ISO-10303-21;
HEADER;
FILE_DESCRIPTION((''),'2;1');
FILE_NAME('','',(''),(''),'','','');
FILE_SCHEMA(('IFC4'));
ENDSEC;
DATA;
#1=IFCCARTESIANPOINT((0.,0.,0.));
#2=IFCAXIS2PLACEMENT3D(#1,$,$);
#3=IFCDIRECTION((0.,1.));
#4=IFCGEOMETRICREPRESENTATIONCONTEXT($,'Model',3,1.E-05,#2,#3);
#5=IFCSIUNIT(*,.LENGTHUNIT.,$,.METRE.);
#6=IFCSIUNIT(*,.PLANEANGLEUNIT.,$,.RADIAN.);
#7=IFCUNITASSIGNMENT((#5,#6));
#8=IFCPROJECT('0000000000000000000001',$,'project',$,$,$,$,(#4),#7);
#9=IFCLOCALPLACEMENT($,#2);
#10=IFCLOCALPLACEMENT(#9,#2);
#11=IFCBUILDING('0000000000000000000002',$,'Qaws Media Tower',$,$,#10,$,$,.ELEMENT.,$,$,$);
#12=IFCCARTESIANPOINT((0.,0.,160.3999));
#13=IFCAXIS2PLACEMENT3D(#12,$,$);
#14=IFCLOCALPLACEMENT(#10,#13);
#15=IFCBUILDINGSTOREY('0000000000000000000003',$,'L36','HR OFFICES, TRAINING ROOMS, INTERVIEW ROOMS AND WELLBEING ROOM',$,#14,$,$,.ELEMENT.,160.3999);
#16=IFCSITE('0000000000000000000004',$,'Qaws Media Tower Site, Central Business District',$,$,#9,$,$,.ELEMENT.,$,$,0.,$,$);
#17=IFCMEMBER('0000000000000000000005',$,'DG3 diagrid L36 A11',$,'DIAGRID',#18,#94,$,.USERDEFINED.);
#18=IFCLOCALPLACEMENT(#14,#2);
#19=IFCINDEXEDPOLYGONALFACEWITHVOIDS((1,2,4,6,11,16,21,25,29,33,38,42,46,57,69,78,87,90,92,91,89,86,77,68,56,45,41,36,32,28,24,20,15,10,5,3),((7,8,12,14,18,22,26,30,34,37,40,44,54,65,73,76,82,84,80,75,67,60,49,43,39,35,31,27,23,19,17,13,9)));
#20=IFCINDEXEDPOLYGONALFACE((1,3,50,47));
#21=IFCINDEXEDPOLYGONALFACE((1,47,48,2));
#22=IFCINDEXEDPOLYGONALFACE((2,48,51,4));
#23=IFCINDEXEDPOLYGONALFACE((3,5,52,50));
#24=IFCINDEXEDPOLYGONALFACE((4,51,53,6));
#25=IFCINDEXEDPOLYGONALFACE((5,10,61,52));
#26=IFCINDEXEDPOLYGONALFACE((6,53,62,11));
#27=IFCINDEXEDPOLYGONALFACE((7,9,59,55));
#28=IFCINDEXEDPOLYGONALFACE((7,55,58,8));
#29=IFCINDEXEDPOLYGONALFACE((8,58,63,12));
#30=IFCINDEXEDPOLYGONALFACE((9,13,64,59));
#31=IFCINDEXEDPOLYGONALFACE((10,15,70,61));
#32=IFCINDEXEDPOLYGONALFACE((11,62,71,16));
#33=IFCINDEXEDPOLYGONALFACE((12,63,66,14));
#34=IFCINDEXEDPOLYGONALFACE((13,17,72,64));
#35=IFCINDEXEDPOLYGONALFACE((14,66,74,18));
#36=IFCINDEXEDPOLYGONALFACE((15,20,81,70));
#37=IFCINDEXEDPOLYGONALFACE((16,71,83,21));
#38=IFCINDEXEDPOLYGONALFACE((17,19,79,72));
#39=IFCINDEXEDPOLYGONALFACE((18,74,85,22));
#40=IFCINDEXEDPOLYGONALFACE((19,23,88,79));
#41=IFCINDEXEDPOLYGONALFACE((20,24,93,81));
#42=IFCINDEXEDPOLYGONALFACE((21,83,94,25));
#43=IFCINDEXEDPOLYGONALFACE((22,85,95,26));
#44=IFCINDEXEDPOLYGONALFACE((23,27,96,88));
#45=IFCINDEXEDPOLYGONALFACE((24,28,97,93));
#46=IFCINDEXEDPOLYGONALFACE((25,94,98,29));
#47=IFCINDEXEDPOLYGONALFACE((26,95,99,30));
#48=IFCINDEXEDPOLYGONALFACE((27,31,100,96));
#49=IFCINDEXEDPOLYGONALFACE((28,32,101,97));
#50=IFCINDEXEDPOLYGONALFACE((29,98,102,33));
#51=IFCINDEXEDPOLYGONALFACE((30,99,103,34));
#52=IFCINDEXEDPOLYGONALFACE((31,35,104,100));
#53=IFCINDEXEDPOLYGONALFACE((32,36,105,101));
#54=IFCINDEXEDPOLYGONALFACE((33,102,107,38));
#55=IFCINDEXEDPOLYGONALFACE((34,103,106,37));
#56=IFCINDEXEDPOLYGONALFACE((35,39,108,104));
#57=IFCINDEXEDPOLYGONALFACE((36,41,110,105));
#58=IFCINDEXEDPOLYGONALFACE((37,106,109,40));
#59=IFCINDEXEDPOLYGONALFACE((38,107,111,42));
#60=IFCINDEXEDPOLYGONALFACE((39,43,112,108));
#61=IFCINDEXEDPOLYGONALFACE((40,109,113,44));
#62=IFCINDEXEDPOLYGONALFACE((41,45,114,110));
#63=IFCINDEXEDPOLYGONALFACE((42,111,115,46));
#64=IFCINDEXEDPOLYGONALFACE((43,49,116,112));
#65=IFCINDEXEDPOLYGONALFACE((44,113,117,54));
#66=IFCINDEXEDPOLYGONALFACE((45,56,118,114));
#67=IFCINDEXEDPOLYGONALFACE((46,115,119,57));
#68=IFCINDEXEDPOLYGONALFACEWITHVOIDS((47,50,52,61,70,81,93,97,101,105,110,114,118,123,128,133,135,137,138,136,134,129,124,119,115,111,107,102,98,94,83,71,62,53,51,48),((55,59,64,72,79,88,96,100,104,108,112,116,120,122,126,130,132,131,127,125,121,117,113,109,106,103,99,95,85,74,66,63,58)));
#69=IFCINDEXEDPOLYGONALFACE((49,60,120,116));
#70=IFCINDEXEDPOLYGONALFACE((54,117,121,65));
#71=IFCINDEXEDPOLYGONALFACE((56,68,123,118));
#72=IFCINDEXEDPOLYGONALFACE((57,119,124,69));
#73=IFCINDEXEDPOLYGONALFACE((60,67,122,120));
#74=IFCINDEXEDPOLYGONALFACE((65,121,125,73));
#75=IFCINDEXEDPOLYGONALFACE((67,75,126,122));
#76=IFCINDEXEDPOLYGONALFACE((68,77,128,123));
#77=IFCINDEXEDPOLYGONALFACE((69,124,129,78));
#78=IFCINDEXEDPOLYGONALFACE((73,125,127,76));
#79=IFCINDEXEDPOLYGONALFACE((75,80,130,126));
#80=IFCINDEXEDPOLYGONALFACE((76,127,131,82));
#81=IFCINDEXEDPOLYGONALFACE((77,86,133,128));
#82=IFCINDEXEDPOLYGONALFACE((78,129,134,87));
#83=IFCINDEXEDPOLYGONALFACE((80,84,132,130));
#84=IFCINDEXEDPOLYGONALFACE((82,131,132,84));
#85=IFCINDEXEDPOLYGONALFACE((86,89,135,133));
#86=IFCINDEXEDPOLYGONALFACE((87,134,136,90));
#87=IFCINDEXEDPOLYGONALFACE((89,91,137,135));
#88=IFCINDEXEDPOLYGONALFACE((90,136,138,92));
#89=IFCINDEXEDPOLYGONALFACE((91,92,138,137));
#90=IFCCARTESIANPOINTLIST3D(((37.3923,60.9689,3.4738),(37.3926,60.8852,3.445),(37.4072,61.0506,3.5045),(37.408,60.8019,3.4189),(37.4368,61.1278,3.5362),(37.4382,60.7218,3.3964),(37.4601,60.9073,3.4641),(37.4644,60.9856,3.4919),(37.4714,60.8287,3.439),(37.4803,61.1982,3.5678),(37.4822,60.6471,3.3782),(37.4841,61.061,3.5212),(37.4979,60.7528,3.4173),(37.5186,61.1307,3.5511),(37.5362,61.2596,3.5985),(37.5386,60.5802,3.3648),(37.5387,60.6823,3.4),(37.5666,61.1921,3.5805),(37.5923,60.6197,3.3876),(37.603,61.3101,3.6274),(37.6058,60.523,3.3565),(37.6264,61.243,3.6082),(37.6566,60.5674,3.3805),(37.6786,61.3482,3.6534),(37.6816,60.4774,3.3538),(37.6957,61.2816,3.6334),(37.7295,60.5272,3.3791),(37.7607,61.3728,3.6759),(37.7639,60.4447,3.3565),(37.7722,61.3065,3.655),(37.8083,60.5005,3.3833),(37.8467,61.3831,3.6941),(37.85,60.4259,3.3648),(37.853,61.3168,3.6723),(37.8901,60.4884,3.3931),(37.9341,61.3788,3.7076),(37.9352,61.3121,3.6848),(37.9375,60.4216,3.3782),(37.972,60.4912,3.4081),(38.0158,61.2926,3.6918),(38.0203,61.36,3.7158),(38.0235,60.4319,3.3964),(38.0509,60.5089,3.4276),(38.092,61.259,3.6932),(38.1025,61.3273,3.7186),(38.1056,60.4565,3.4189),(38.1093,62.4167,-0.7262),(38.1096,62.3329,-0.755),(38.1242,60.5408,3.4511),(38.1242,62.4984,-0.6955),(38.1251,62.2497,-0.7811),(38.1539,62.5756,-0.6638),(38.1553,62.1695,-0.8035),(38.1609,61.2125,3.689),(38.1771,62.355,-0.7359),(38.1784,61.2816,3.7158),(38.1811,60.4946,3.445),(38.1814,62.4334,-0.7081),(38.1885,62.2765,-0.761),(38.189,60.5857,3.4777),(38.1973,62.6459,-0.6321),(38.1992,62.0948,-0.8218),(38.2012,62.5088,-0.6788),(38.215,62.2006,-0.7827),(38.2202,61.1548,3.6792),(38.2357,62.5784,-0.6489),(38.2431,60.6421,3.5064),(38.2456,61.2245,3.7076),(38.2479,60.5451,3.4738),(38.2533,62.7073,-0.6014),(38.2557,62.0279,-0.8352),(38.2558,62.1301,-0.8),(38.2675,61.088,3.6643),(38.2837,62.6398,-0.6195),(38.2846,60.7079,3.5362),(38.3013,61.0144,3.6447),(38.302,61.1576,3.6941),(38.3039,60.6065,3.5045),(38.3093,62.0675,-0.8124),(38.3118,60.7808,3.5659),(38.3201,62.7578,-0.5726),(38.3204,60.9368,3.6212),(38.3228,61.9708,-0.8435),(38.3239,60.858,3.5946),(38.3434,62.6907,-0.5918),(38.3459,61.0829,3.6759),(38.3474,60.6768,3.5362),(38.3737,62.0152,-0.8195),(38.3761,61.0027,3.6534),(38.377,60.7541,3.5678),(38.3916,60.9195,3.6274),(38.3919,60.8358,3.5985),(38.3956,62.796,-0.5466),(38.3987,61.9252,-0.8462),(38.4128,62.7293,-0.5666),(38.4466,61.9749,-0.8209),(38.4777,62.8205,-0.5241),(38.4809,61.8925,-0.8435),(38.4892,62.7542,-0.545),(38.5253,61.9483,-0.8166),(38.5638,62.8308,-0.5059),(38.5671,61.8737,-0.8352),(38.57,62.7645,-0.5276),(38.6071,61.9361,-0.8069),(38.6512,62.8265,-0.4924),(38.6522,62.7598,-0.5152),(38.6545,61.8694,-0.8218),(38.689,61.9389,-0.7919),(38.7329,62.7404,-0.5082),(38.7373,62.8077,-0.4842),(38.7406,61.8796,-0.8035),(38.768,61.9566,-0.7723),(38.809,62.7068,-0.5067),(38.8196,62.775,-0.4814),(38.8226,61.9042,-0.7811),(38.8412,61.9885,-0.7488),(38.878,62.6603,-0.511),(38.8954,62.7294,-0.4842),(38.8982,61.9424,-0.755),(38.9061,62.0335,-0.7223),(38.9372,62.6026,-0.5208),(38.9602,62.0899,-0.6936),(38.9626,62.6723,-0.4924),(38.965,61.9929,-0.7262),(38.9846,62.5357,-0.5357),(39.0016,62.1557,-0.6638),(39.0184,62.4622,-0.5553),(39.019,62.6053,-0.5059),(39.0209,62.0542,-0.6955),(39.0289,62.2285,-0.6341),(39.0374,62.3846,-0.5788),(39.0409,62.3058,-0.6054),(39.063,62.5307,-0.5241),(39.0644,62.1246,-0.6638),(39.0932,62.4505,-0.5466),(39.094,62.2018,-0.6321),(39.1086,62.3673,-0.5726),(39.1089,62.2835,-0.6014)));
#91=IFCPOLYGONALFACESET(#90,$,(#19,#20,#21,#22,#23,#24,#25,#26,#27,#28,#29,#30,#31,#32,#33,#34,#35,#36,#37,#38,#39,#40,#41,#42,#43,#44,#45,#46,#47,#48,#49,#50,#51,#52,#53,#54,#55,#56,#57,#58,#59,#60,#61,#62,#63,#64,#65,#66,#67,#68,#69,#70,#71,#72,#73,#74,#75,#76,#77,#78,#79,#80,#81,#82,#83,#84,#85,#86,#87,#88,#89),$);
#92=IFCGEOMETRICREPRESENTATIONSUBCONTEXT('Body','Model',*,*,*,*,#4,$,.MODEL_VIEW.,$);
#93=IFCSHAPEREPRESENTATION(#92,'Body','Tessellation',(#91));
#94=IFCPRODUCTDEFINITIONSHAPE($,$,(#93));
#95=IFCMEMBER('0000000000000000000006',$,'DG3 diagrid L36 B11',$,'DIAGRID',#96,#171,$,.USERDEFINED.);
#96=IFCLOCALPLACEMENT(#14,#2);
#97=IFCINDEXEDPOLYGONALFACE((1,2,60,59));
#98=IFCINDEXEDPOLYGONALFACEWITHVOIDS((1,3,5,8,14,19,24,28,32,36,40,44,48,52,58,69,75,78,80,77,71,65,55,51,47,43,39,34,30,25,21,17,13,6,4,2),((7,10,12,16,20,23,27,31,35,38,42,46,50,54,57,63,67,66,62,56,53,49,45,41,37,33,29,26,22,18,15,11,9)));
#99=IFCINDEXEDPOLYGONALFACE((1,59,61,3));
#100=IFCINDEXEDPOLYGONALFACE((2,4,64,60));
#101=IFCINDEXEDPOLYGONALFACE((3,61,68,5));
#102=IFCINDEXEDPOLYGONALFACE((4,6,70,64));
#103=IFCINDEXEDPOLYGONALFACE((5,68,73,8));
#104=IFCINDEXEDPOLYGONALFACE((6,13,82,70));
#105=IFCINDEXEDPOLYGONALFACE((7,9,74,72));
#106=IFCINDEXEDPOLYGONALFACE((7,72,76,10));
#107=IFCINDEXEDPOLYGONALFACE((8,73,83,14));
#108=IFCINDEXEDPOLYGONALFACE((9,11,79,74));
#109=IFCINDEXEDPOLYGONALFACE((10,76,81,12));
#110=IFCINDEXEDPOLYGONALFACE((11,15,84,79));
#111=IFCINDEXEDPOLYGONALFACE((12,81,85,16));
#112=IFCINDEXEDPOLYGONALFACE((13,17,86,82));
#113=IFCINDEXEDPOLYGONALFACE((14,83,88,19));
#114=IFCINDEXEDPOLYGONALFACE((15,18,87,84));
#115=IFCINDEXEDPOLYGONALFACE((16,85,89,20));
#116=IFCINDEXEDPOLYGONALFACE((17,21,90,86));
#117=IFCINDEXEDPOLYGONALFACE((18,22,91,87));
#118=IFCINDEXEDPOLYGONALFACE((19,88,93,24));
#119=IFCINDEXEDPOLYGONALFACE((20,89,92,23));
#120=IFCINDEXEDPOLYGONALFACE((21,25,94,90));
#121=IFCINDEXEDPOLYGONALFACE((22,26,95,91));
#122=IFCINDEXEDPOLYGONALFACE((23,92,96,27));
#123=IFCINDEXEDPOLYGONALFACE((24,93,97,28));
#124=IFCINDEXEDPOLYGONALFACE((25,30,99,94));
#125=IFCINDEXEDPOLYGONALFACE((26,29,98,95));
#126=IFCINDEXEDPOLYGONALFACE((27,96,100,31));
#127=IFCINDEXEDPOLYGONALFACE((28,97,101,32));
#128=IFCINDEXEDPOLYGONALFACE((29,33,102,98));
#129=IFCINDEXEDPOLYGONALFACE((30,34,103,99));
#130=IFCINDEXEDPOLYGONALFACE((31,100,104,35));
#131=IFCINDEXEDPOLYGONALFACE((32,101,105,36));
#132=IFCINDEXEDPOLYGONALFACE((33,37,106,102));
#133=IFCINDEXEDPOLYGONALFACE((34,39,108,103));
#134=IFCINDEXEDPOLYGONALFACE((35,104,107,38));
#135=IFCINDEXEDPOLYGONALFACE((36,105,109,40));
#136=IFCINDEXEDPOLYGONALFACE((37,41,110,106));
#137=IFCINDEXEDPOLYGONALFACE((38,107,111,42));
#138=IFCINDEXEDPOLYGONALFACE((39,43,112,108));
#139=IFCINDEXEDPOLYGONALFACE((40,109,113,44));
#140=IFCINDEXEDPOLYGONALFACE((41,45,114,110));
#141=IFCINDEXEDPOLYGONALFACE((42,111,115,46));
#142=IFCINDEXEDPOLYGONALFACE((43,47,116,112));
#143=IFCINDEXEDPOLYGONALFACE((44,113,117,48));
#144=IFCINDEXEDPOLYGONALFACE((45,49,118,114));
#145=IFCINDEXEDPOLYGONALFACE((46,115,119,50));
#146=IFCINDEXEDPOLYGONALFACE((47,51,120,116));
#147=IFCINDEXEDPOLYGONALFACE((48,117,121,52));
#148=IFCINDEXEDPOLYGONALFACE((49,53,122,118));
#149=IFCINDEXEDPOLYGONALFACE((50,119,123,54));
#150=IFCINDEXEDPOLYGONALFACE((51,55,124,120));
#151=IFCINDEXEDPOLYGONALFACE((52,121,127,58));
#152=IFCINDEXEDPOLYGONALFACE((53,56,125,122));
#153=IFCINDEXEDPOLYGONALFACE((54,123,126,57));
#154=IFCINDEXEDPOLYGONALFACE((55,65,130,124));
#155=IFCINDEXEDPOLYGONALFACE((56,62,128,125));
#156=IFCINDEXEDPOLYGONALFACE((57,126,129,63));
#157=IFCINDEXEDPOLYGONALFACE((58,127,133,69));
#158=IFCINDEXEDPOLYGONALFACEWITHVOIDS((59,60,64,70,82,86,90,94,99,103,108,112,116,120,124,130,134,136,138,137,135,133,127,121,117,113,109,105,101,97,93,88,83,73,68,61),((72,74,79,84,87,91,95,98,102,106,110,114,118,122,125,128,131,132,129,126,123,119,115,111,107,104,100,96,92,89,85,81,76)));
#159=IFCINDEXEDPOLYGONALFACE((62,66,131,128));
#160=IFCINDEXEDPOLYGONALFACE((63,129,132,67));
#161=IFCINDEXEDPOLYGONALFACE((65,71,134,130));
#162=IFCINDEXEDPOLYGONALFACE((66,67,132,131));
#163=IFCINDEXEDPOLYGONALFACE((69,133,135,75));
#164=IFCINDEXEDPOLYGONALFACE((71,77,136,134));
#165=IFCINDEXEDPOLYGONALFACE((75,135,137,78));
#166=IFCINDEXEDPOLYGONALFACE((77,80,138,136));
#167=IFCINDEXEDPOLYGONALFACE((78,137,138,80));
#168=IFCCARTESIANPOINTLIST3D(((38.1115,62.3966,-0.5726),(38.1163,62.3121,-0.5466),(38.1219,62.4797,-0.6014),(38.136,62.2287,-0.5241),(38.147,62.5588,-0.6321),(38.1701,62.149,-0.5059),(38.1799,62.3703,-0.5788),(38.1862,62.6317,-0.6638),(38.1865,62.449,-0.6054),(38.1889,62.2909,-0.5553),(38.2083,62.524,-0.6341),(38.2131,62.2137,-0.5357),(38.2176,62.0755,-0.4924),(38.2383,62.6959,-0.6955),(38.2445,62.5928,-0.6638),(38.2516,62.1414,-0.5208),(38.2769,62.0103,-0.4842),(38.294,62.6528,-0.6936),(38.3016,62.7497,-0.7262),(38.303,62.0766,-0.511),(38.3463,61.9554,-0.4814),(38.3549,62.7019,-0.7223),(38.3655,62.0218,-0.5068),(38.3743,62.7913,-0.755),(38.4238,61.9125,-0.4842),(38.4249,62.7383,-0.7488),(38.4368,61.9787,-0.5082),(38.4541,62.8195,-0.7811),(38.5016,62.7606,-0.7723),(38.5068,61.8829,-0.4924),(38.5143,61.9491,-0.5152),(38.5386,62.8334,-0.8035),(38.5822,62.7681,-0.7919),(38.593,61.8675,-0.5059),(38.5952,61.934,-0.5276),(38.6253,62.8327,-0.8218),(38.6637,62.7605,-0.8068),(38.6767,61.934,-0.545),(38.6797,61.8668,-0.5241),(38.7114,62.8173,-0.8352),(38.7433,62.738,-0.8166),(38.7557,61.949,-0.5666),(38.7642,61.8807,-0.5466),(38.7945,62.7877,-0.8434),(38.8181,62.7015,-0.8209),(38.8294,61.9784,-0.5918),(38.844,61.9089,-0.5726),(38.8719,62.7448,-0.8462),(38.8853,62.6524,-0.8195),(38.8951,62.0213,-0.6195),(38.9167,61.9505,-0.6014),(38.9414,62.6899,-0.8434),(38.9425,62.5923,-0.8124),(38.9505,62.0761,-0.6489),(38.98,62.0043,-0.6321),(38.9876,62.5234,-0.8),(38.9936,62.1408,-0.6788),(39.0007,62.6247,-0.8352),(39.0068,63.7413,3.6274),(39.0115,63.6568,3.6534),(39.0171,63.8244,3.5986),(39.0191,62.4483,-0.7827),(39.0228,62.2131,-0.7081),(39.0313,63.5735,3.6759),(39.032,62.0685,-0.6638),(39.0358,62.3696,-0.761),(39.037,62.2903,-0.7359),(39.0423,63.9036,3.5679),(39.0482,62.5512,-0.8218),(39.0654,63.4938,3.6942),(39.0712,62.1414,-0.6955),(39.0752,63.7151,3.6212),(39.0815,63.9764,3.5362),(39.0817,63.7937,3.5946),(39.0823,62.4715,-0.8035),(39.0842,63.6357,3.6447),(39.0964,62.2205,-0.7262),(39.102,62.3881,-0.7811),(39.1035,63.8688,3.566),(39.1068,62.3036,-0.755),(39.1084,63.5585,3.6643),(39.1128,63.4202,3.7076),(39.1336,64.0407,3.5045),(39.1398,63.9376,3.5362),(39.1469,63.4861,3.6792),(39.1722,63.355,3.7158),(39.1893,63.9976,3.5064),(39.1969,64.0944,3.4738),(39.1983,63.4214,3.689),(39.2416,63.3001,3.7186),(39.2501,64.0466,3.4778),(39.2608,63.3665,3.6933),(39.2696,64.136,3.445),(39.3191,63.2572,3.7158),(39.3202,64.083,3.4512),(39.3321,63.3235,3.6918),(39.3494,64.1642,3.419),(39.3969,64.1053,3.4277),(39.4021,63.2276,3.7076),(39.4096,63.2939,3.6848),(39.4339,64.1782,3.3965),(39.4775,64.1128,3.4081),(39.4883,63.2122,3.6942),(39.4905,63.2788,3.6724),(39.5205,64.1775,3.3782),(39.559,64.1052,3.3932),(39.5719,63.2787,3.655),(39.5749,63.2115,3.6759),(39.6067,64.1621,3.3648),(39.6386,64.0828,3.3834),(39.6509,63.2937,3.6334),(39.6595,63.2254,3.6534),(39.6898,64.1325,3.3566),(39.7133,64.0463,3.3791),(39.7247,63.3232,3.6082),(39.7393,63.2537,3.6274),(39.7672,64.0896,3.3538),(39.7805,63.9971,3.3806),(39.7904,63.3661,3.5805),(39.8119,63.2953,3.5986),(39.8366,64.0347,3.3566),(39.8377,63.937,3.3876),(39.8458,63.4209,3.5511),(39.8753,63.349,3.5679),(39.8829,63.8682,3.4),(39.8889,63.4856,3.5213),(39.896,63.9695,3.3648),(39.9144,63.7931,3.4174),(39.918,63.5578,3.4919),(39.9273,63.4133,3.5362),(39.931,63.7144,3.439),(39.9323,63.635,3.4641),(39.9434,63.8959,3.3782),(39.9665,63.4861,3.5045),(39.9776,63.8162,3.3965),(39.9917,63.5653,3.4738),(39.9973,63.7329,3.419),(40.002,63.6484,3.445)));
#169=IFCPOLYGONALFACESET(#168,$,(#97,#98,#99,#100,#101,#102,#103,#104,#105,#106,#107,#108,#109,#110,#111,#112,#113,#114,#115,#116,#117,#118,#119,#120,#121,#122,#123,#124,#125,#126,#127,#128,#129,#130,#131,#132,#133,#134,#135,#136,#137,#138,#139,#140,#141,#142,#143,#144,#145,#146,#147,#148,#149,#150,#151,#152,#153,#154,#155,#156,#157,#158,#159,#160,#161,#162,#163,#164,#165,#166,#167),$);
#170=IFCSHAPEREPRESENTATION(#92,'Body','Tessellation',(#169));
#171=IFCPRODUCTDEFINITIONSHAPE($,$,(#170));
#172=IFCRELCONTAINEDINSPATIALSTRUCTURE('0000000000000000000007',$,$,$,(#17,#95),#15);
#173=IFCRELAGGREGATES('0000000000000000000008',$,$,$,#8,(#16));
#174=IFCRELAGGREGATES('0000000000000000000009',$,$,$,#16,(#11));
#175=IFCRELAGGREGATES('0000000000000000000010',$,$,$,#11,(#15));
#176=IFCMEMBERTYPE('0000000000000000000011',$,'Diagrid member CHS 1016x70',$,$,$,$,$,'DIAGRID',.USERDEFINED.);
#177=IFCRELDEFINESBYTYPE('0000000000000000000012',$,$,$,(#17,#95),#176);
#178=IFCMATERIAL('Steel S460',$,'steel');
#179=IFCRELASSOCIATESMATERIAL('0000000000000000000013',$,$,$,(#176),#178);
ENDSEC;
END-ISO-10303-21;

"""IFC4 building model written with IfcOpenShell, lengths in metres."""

from ifc_helpers import new_model, si_unit, direction, frame, origin, origin_2d, place, context, subcontext, project, spatial, hollow_circle, extrude, material, material_profile, profile_set, type_object, element, save


model = new_model("IFC4")

# Units and contexts
model_context = context("Model", 3, precision=1e-05, world=origin(), true_north=direction((0.0, 1.0)))
body_context = subcontext(model_context, "Body", "Model", "MODEL_VIEW")
ifc_project = project(units=[si_unit("LENGTHUNIT", "METRE"), si_unit("PLANEANGLEUNIT", "RADIAN")], contexts=[model_context])

# Site, building, storey
site_placement = place(None, origin())
site = spatial("IfcSite", under=ifc_project, at=site_placement, Name="Qaws Media Tower Site, Central Business District", CompositionType="ELEMENT", RefElevation=0.0)
building_placement = place(site_placement, origin())
building = spatial("IfcBuilding", under=site, at=building_placement, Name="Qaws Media Tower", CompositionType="ELEMENT")
storey_placement = place(building_placement, frame((0.0, 0.0, 160.3999)))
storey = spatial("IfcBuildingStorey", under=building, at=storey_placement, Name="L36", Description="HR OFFICES, TRAINING ROOMS, INTERVIEW ROOMS AND WELLBEING ROOM", CompositionType="ELEMENT", Elevation=160.3999)

# Members
ifc_material_1 = material(Name="Steel S460", Category="steel")
ifc_material_profile_1 = material_profile(ifc_material_1, hollow_circle(Radius=0.5081, WallThickness=0.0701, at=origin_2d()), Name="CHS 1016x70")
ifc_profile_set_1 = profile_set([ifc_material_profile_1], Name="Steel S460")
member_type_1 = type_object("IfcMemberType", Name="Diagrid member CHS 1016x70", ElementType="DIAGRID", PredefinedType="USERDEFINED", material=ifc_profile_set_1)
for number, where, z_axis, x_axis, name in (
    (1, (38.6091, 62.3501, -0.6638), (-0.159344, -0.321725, 0.933329), (0.896113, -0.443825, 0.0), "DG3 diagrid L36 A11"),
    (2, (38.6091, 62.3501, -0.6638), (0.198951, 0.298833, 0.933337), (-0.832399, 0.554177, 0.0), "DG3 diagrid L36 B11"),
):
    element("IfcMember", number, at=place(storey_placement, frame(where, z_axis=z_axis, x_axis=x_axis)), inside=storey, type_object=member_type_1, Name=name, ObjectType="DIAGRID", PredefinedType="USERDEFINED", context=body_context, shape_type="SweptSolid", body=[
        extrude(hollow_circle(Radius=0.5081, WallThickness=0.0701, at=origin_2d()), origin(), (0.0, 0.0, 1.0), 4.5),
    ])

save(model, "model.ifc")
